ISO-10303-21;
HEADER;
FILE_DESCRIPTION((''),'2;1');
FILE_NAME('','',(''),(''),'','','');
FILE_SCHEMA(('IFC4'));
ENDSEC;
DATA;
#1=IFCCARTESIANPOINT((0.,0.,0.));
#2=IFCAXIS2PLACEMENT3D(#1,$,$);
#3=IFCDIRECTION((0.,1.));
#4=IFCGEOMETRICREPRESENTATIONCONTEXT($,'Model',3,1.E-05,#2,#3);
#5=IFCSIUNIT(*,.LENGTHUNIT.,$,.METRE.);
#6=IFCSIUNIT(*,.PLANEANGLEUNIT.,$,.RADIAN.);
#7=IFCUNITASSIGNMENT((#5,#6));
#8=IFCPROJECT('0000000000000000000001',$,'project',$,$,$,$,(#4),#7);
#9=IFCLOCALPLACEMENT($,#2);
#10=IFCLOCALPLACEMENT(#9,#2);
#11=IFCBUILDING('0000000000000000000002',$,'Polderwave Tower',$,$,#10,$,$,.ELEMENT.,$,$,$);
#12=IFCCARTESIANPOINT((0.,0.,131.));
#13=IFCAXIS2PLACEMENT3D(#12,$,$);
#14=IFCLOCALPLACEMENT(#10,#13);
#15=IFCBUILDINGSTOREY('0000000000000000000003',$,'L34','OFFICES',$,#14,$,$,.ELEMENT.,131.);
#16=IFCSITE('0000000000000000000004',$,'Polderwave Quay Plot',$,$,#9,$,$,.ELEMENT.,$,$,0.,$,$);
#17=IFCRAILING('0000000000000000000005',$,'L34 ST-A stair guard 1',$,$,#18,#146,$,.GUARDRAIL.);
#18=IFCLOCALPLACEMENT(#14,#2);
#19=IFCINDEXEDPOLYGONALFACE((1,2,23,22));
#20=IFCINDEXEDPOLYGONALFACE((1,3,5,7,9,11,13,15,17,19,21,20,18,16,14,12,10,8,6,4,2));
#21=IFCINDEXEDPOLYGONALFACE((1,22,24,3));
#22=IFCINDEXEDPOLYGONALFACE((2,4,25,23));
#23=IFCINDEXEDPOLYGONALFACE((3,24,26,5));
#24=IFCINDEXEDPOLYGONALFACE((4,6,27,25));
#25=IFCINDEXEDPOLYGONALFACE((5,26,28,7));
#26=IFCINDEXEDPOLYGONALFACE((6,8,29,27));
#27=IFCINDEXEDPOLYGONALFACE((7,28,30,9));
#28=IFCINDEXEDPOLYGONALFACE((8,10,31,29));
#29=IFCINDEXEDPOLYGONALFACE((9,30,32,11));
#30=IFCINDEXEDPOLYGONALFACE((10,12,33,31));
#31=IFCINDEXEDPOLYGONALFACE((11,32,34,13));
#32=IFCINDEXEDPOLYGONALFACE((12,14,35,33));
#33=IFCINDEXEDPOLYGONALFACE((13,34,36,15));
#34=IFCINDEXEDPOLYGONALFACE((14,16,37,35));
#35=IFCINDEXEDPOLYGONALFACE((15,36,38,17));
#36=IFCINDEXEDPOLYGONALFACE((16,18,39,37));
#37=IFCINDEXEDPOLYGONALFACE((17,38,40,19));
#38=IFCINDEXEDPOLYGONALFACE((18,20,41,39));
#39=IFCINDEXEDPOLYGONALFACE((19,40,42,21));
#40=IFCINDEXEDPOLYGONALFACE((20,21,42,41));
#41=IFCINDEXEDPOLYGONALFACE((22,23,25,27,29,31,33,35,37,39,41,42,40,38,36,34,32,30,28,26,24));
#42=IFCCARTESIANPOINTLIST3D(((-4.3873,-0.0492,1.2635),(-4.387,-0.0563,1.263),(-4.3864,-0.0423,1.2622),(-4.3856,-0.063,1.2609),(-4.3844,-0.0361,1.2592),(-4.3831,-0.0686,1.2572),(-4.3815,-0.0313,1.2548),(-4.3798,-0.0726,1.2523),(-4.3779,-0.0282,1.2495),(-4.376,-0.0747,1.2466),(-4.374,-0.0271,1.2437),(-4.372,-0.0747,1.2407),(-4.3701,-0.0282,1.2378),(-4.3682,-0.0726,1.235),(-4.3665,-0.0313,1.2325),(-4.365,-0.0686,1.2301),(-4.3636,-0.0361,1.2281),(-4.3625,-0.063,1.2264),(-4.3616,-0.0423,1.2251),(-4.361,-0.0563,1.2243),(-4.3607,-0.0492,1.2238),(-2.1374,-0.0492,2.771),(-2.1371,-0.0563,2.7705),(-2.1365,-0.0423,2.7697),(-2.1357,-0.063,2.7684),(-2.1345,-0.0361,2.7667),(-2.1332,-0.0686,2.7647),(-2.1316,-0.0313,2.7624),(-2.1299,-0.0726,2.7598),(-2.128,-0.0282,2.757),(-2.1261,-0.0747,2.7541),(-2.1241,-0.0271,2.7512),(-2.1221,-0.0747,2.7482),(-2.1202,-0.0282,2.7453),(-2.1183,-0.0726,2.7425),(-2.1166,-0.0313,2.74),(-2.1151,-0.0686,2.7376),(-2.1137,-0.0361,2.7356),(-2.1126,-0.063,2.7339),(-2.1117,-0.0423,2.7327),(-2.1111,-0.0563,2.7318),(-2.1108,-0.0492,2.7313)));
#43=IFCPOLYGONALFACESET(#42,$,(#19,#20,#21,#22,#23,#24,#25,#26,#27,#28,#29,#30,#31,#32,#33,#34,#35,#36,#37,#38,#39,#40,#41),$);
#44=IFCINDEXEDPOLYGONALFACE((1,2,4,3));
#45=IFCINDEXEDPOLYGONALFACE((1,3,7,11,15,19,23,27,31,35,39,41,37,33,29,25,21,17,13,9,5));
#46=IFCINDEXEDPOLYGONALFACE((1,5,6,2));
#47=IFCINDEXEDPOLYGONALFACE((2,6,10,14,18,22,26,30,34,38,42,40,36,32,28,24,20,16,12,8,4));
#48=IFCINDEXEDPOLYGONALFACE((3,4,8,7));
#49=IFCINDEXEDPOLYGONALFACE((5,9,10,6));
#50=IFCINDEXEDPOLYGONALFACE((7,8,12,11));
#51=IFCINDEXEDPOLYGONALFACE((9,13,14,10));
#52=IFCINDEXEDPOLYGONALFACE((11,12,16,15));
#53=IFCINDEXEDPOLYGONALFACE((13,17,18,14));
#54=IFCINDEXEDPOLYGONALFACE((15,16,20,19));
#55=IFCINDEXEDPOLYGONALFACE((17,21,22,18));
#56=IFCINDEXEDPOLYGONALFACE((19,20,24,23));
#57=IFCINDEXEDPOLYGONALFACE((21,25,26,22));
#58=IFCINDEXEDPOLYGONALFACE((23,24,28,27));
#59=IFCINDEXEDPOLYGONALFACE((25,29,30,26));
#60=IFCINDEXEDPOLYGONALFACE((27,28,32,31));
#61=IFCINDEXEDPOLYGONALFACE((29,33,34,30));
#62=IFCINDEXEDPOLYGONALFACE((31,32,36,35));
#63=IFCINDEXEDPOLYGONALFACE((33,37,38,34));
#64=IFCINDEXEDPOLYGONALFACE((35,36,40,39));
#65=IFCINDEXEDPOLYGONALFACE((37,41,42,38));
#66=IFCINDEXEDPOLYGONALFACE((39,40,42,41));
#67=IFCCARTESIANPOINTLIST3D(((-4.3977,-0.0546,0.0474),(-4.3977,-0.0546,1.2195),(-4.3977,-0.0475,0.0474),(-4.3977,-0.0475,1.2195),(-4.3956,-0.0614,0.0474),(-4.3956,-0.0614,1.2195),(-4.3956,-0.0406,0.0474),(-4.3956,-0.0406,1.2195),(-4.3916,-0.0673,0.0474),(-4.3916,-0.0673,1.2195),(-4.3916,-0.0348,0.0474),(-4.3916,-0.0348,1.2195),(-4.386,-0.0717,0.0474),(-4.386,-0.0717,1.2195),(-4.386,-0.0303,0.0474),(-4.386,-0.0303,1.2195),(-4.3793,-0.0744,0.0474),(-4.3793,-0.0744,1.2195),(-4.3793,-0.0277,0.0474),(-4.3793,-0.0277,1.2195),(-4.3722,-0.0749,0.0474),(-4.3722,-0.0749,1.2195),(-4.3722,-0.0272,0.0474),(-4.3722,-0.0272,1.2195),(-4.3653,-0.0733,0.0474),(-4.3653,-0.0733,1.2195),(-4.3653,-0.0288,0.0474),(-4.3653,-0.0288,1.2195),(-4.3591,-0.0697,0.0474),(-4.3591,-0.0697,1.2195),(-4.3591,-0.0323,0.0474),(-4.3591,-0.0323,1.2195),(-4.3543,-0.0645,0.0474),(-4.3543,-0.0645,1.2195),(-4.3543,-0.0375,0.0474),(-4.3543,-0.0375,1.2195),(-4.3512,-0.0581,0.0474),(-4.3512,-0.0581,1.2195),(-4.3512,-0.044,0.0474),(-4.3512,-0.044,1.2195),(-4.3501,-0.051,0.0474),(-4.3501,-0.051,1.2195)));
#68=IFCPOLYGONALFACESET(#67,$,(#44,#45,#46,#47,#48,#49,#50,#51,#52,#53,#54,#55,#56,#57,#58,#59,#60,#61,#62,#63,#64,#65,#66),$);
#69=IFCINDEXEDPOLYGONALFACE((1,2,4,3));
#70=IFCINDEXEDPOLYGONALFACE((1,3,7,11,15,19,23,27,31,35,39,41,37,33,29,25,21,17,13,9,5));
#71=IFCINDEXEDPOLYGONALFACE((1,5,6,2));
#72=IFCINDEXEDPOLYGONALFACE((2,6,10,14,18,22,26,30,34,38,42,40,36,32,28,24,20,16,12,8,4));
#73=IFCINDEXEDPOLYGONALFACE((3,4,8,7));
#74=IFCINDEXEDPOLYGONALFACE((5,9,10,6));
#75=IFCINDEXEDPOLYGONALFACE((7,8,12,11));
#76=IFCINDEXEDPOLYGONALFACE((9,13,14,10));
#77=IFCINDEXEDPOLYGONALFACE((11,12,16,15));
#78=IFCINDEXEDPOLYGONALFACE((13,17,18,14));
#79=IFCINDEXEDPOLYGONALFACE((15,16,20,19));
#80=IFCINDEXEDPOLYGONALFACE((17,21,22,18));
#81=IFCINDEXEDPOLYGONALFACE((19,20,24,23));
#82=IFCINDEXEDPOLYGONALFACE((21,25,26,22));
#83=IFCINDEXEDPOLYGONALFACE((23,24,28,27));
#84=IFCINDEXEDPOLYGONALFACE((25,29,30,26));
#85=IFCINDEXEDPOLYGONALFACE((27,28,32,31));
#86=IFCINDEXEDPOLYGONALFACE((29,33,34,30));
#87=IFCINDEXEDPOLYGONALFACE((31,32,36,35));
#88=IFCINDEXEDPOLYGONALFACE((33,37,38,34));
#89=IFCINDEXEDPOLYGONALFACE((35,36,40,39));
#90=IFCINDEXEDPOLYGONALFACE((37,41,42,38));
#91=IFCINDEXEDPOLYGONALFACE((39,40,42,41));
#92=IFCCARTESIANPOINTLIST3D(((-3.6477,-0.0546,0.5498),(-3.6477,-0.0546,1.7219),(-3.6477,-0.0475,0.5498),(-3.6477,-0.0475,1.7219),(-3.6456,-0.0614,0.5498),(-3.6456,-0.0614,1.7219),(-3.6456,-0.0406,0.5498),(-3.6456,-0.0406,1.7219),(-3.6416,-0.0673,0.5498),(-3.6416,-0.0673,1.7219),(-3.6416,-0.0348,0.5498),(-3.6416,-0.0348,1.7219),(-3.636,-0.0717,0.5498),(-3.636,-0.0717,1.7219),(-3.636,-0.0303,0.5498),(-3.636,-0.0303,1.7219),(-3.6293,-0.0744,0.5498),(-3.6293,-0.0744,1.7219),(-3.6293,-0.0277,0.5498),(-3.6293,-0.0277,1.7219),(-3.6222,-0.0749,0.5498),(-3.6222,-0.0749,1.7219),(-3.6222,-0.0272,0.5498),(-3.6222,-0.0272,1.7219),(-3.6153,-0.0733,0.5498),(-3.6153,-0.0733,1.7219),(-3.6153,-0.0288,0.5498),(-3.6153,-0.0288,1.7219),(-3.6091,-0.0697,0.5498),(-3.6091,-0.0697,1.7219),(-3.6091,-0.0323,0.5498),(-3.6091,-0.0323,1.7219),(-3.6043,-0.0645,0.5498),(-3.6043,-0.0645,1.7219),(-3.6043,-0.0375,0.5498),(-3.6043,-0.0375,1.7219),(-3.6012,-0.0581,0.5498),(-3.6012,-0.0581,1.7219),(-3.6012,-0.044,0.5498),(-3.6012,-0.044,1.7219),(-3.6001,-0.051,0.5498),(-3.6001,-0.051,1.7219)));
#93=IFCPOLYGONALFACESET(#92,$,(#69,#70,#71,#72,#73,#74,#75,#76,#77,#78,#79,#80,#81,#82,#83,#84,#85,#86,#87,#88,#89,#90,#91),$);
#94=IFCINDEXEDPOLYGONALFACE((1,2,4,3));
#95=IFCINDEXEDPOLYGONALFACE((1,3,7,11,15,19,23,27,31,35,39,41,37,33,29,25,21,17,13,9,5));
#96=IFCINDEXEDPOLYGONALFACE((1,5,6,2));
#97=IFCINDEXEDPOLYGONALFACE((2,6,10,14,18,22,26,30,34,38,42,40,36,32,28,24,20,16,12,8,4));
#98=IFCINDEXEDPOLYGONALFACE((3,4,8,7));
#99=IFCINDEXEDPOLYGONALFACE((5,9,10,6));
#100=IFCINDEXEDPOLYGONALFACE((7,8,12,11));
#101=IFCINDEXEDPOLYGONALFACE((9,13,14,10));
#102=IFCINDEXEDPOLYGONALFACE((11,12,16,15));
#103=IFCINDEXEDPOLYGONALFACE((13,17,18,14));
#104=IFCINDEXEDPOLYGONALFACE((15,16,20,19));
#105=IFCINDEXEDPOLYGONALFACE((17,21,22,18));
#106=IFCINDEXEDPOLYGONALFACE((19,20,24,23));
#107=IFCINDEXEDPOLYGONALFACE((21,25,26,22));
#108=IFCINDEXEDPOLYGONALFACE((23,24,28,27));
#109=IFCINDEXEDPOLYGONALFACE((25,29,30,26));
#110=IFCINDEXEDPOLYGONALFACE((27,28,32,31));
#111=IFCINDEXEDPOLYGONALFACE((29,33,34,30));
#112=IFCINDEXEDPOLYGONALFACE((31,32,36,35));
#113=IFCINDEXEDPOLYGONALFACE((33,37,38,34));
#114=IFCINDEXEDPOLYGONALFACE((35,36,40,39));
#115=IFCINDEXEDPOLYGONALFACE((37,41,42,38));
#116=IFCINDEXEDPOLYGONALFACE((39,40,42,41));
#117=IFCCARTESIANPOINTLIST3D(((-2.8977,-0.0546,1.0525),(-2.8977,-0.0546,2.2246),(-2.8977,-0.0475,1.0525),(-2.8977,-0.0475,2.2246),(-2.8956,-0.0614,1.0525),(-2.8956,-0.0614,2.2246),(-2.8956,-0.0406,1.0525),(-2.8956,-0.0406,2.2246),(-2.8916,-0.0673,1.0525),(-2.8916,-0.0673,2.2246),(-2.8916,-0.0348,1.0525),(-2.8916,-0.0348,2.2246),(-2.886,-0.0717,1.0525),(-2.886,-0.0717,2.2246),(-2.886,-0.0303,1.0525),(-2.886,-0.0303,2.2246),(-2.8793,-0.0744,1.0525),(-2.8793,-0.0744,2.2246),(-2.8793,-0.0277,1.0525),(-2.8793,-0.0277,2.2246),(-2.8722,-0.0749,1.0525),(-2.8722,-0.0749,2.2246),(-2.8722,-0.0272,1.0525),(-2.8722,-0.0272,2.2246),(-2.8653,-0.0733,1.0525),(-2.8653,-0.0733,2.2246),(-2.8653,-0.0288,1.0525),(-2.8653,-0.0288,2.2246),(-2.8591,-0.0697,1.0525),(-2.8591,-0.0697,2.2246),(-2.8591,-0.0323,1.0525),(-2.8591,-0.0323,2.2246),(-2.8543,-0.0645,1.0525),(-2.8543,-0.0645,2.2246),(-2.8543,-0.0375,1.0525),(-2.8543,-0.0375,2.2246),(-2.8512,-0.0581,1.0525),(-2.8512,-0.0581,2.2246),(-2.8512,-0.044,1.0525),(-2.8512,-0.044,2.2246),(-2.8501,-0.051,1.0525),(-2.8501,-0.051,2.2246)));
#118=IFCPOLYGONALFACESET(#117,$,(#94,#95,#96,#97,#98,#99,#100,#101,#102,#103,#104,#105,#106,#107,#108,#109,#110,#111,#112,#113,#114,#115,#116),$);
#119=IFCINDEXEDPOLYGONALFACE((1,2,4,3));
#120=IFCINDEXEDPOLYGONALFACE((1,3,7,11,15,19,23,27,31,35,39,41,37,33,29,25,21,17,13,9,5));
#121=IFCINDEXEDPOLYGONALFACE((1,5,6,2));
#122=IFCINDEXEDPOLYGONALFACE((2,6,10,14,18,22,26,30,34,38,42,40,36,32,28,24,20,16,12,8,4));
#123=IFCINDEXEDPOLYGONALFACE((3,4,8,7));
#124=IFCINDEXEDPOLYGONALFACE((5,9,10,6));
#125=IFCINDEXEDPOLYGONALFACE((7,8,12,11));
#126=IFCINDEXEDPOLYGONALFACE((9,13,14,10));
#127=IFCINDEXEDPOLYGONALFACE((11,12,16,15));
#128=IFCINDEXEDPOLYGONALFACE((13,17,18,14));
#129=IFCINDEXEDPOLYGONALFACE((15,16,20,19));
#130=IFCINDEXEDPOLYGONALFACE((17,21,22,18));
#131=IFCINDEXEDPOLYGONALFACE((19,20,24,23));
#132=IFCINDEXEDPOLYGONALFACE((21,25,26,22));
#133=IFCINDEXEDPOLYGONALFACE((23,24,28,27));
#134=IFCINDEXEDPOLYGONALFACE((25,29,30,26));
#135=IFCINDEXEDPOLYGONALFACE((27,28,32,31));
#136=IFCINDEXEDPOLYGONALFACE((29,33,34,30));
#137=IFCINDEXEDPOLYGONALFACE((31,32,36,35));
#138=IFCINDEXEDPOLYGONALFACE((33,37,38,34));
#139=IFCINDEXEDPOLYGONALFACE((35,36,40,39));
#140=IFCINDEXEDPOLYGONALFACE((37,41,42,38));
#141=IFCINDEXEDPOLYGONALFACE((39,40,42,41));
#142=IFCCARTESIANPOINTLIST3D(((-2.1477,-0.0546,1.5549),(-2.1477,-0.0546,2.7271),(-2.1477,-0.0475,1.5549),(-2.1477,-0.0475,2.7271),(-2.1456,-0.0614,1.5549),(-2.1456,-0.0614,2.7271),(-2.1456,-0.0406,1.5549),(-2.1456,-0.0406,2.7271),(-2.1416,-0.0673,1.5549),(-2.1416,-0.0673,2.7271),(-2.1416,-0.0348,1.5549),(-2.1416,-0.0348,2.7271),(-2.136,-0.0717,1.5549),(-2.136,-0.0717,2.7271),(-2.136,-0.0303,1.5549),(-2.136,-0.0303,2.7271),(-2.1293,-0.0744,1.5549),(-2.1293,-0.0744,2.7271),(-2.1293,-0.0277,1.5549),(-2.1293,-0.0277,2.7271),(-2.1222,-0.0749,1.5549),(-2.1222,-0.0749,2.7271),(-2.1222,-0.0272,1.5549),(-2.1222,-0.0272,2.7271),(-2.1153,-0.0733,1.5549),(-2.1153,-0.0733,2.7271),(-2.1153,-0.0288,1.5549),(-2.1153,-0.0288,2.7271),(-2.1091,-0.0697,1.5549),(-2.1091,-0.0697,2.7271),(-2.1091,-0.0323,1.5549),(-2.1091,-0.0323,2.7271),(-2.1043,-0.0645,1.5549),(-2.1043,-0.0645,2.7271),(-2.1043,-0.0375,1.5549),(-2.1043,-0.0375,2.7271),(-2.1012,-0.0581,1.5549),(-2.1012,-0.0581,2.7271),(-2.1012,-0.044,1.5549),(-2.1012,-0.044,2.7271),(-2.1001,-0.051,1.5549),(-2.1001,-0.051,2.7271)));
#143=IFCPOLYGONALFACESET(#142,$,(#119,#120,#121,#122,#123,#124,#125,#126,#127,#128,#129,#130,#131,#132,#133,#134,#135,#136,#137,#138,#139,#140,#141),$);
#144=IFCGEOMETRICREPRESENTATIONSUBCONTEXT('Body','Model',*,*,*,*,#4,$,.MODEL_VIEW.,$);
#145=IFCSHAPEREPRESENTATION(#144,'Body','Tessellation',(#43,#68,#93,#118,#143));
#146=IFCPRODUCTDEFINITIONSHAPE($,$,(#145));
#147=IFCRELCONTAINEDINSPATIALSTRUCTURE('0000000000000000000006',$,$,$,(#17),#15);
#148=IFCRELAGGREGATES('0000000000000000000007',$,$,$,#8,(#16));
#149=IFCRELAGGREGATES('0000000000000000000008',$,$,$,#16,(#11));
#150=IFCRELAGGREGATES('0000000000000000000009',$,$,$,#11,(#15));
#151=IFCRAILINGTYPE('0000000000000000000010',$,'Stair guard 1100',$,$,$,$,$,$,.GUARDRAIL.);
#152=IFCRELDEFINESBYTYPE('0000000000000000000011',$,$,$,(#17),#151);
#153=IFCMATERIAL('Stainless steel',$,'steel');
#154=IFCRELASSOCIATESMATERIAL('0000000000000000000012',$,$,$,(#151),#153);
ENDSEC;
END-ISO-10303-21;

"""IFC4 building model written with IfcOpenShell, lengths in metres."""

from ifc_helpers import new_model, si_unit, direction, frame, origin, origin_2d, place, context, subcontext, project, spatial, circle, extrude, material, type_object, element, save


model = new_model("IFC4")

# Units and contexts
model_context = context("Model", 3, precision=1e-05, world=origin(), true_north=direction((0.0, 1.0)))
body_context = subcontext(model_context, "Body", "Model", "MODEL_VIEW")
ifc_project = project(units=[si_unit("LENGTHUNIT", "METRE"), si_unit("PLANEANGLEUNIT", "RADIAN")], contexts=[model_context])

# Site, building, storey
site_placement = place(None, origin())
site = spatial("IfcSite", under=ifc_project, at=site_placement, Name="Polderwave Quay Plot", CompositionType="ELEMENT", RefElevation=0.0)
building_placement = place(site_placement, origin())
building = spatial("IfcBuilding", under=site, at=building_placement, Name="Polderwave Tower", CompositionType="ELEMENT")
storey_placement = place(building_placement, frame((0.0, 0.0, 131.0)))
storey = spatial("IfcBuildingStorey", under=building, at=storey_placement, Name="L34", Description="OFFICES", CompositionType="ELEMENT", Elevation=131.0)

# Railing
ifc_material_1 = material(Name="Stainless steel", Category="steel")
railing_type_1 = type_object("IfcRailingType", Name="Stair guard 1100", PredefinedType="GUARDRAIL", material=ifc_material_1)
railing_1_placement = place(storey_placement, frame((-4.374, -0.051, 0.0474)))
element("IfcRailing", 1, at=railing_1_placement, inside=storey, type_object=railing_type_1, Name="L34 ST-A stair guard 1", PredefinedType="GUARDRAIL", context=body_context, shape_type="SweptSolid", body=[
    extrude(circle(Radius=0.0239, at=origin_2d()), frame((0.0, 0.0, 1.1963), z_axis=(0.830758, 0.0, 0.556633), x_axis=(0.0, 1.0, 0.0)), (0.0, 0.0, 1.0), 2.7083),
    extrude(circle(Radius=0.0239, at=origin_2d()), origin(), (0.0, 0.0, 1.0), 1.1721),
    extrude(circle(Radius=0.0239, at=origin_2d()), frame((0.75, 0.0, 0.5024)), (0.0, 0.0, 1.0), 1.1721),
    extrude(circle(Radius=0.0239, at=origin_2d()), frame((1.5, 0.0, 1.0051)), (0.0, 0.0, 1.0), 1.1721),
    extrude(circle(Radius=0.0239, at=origin_2d()), frame((2.25, 0.0, 1.5076)), (0.0, 0.0, 1.0), 1.1721),
])

save(model, "model.ifc")
